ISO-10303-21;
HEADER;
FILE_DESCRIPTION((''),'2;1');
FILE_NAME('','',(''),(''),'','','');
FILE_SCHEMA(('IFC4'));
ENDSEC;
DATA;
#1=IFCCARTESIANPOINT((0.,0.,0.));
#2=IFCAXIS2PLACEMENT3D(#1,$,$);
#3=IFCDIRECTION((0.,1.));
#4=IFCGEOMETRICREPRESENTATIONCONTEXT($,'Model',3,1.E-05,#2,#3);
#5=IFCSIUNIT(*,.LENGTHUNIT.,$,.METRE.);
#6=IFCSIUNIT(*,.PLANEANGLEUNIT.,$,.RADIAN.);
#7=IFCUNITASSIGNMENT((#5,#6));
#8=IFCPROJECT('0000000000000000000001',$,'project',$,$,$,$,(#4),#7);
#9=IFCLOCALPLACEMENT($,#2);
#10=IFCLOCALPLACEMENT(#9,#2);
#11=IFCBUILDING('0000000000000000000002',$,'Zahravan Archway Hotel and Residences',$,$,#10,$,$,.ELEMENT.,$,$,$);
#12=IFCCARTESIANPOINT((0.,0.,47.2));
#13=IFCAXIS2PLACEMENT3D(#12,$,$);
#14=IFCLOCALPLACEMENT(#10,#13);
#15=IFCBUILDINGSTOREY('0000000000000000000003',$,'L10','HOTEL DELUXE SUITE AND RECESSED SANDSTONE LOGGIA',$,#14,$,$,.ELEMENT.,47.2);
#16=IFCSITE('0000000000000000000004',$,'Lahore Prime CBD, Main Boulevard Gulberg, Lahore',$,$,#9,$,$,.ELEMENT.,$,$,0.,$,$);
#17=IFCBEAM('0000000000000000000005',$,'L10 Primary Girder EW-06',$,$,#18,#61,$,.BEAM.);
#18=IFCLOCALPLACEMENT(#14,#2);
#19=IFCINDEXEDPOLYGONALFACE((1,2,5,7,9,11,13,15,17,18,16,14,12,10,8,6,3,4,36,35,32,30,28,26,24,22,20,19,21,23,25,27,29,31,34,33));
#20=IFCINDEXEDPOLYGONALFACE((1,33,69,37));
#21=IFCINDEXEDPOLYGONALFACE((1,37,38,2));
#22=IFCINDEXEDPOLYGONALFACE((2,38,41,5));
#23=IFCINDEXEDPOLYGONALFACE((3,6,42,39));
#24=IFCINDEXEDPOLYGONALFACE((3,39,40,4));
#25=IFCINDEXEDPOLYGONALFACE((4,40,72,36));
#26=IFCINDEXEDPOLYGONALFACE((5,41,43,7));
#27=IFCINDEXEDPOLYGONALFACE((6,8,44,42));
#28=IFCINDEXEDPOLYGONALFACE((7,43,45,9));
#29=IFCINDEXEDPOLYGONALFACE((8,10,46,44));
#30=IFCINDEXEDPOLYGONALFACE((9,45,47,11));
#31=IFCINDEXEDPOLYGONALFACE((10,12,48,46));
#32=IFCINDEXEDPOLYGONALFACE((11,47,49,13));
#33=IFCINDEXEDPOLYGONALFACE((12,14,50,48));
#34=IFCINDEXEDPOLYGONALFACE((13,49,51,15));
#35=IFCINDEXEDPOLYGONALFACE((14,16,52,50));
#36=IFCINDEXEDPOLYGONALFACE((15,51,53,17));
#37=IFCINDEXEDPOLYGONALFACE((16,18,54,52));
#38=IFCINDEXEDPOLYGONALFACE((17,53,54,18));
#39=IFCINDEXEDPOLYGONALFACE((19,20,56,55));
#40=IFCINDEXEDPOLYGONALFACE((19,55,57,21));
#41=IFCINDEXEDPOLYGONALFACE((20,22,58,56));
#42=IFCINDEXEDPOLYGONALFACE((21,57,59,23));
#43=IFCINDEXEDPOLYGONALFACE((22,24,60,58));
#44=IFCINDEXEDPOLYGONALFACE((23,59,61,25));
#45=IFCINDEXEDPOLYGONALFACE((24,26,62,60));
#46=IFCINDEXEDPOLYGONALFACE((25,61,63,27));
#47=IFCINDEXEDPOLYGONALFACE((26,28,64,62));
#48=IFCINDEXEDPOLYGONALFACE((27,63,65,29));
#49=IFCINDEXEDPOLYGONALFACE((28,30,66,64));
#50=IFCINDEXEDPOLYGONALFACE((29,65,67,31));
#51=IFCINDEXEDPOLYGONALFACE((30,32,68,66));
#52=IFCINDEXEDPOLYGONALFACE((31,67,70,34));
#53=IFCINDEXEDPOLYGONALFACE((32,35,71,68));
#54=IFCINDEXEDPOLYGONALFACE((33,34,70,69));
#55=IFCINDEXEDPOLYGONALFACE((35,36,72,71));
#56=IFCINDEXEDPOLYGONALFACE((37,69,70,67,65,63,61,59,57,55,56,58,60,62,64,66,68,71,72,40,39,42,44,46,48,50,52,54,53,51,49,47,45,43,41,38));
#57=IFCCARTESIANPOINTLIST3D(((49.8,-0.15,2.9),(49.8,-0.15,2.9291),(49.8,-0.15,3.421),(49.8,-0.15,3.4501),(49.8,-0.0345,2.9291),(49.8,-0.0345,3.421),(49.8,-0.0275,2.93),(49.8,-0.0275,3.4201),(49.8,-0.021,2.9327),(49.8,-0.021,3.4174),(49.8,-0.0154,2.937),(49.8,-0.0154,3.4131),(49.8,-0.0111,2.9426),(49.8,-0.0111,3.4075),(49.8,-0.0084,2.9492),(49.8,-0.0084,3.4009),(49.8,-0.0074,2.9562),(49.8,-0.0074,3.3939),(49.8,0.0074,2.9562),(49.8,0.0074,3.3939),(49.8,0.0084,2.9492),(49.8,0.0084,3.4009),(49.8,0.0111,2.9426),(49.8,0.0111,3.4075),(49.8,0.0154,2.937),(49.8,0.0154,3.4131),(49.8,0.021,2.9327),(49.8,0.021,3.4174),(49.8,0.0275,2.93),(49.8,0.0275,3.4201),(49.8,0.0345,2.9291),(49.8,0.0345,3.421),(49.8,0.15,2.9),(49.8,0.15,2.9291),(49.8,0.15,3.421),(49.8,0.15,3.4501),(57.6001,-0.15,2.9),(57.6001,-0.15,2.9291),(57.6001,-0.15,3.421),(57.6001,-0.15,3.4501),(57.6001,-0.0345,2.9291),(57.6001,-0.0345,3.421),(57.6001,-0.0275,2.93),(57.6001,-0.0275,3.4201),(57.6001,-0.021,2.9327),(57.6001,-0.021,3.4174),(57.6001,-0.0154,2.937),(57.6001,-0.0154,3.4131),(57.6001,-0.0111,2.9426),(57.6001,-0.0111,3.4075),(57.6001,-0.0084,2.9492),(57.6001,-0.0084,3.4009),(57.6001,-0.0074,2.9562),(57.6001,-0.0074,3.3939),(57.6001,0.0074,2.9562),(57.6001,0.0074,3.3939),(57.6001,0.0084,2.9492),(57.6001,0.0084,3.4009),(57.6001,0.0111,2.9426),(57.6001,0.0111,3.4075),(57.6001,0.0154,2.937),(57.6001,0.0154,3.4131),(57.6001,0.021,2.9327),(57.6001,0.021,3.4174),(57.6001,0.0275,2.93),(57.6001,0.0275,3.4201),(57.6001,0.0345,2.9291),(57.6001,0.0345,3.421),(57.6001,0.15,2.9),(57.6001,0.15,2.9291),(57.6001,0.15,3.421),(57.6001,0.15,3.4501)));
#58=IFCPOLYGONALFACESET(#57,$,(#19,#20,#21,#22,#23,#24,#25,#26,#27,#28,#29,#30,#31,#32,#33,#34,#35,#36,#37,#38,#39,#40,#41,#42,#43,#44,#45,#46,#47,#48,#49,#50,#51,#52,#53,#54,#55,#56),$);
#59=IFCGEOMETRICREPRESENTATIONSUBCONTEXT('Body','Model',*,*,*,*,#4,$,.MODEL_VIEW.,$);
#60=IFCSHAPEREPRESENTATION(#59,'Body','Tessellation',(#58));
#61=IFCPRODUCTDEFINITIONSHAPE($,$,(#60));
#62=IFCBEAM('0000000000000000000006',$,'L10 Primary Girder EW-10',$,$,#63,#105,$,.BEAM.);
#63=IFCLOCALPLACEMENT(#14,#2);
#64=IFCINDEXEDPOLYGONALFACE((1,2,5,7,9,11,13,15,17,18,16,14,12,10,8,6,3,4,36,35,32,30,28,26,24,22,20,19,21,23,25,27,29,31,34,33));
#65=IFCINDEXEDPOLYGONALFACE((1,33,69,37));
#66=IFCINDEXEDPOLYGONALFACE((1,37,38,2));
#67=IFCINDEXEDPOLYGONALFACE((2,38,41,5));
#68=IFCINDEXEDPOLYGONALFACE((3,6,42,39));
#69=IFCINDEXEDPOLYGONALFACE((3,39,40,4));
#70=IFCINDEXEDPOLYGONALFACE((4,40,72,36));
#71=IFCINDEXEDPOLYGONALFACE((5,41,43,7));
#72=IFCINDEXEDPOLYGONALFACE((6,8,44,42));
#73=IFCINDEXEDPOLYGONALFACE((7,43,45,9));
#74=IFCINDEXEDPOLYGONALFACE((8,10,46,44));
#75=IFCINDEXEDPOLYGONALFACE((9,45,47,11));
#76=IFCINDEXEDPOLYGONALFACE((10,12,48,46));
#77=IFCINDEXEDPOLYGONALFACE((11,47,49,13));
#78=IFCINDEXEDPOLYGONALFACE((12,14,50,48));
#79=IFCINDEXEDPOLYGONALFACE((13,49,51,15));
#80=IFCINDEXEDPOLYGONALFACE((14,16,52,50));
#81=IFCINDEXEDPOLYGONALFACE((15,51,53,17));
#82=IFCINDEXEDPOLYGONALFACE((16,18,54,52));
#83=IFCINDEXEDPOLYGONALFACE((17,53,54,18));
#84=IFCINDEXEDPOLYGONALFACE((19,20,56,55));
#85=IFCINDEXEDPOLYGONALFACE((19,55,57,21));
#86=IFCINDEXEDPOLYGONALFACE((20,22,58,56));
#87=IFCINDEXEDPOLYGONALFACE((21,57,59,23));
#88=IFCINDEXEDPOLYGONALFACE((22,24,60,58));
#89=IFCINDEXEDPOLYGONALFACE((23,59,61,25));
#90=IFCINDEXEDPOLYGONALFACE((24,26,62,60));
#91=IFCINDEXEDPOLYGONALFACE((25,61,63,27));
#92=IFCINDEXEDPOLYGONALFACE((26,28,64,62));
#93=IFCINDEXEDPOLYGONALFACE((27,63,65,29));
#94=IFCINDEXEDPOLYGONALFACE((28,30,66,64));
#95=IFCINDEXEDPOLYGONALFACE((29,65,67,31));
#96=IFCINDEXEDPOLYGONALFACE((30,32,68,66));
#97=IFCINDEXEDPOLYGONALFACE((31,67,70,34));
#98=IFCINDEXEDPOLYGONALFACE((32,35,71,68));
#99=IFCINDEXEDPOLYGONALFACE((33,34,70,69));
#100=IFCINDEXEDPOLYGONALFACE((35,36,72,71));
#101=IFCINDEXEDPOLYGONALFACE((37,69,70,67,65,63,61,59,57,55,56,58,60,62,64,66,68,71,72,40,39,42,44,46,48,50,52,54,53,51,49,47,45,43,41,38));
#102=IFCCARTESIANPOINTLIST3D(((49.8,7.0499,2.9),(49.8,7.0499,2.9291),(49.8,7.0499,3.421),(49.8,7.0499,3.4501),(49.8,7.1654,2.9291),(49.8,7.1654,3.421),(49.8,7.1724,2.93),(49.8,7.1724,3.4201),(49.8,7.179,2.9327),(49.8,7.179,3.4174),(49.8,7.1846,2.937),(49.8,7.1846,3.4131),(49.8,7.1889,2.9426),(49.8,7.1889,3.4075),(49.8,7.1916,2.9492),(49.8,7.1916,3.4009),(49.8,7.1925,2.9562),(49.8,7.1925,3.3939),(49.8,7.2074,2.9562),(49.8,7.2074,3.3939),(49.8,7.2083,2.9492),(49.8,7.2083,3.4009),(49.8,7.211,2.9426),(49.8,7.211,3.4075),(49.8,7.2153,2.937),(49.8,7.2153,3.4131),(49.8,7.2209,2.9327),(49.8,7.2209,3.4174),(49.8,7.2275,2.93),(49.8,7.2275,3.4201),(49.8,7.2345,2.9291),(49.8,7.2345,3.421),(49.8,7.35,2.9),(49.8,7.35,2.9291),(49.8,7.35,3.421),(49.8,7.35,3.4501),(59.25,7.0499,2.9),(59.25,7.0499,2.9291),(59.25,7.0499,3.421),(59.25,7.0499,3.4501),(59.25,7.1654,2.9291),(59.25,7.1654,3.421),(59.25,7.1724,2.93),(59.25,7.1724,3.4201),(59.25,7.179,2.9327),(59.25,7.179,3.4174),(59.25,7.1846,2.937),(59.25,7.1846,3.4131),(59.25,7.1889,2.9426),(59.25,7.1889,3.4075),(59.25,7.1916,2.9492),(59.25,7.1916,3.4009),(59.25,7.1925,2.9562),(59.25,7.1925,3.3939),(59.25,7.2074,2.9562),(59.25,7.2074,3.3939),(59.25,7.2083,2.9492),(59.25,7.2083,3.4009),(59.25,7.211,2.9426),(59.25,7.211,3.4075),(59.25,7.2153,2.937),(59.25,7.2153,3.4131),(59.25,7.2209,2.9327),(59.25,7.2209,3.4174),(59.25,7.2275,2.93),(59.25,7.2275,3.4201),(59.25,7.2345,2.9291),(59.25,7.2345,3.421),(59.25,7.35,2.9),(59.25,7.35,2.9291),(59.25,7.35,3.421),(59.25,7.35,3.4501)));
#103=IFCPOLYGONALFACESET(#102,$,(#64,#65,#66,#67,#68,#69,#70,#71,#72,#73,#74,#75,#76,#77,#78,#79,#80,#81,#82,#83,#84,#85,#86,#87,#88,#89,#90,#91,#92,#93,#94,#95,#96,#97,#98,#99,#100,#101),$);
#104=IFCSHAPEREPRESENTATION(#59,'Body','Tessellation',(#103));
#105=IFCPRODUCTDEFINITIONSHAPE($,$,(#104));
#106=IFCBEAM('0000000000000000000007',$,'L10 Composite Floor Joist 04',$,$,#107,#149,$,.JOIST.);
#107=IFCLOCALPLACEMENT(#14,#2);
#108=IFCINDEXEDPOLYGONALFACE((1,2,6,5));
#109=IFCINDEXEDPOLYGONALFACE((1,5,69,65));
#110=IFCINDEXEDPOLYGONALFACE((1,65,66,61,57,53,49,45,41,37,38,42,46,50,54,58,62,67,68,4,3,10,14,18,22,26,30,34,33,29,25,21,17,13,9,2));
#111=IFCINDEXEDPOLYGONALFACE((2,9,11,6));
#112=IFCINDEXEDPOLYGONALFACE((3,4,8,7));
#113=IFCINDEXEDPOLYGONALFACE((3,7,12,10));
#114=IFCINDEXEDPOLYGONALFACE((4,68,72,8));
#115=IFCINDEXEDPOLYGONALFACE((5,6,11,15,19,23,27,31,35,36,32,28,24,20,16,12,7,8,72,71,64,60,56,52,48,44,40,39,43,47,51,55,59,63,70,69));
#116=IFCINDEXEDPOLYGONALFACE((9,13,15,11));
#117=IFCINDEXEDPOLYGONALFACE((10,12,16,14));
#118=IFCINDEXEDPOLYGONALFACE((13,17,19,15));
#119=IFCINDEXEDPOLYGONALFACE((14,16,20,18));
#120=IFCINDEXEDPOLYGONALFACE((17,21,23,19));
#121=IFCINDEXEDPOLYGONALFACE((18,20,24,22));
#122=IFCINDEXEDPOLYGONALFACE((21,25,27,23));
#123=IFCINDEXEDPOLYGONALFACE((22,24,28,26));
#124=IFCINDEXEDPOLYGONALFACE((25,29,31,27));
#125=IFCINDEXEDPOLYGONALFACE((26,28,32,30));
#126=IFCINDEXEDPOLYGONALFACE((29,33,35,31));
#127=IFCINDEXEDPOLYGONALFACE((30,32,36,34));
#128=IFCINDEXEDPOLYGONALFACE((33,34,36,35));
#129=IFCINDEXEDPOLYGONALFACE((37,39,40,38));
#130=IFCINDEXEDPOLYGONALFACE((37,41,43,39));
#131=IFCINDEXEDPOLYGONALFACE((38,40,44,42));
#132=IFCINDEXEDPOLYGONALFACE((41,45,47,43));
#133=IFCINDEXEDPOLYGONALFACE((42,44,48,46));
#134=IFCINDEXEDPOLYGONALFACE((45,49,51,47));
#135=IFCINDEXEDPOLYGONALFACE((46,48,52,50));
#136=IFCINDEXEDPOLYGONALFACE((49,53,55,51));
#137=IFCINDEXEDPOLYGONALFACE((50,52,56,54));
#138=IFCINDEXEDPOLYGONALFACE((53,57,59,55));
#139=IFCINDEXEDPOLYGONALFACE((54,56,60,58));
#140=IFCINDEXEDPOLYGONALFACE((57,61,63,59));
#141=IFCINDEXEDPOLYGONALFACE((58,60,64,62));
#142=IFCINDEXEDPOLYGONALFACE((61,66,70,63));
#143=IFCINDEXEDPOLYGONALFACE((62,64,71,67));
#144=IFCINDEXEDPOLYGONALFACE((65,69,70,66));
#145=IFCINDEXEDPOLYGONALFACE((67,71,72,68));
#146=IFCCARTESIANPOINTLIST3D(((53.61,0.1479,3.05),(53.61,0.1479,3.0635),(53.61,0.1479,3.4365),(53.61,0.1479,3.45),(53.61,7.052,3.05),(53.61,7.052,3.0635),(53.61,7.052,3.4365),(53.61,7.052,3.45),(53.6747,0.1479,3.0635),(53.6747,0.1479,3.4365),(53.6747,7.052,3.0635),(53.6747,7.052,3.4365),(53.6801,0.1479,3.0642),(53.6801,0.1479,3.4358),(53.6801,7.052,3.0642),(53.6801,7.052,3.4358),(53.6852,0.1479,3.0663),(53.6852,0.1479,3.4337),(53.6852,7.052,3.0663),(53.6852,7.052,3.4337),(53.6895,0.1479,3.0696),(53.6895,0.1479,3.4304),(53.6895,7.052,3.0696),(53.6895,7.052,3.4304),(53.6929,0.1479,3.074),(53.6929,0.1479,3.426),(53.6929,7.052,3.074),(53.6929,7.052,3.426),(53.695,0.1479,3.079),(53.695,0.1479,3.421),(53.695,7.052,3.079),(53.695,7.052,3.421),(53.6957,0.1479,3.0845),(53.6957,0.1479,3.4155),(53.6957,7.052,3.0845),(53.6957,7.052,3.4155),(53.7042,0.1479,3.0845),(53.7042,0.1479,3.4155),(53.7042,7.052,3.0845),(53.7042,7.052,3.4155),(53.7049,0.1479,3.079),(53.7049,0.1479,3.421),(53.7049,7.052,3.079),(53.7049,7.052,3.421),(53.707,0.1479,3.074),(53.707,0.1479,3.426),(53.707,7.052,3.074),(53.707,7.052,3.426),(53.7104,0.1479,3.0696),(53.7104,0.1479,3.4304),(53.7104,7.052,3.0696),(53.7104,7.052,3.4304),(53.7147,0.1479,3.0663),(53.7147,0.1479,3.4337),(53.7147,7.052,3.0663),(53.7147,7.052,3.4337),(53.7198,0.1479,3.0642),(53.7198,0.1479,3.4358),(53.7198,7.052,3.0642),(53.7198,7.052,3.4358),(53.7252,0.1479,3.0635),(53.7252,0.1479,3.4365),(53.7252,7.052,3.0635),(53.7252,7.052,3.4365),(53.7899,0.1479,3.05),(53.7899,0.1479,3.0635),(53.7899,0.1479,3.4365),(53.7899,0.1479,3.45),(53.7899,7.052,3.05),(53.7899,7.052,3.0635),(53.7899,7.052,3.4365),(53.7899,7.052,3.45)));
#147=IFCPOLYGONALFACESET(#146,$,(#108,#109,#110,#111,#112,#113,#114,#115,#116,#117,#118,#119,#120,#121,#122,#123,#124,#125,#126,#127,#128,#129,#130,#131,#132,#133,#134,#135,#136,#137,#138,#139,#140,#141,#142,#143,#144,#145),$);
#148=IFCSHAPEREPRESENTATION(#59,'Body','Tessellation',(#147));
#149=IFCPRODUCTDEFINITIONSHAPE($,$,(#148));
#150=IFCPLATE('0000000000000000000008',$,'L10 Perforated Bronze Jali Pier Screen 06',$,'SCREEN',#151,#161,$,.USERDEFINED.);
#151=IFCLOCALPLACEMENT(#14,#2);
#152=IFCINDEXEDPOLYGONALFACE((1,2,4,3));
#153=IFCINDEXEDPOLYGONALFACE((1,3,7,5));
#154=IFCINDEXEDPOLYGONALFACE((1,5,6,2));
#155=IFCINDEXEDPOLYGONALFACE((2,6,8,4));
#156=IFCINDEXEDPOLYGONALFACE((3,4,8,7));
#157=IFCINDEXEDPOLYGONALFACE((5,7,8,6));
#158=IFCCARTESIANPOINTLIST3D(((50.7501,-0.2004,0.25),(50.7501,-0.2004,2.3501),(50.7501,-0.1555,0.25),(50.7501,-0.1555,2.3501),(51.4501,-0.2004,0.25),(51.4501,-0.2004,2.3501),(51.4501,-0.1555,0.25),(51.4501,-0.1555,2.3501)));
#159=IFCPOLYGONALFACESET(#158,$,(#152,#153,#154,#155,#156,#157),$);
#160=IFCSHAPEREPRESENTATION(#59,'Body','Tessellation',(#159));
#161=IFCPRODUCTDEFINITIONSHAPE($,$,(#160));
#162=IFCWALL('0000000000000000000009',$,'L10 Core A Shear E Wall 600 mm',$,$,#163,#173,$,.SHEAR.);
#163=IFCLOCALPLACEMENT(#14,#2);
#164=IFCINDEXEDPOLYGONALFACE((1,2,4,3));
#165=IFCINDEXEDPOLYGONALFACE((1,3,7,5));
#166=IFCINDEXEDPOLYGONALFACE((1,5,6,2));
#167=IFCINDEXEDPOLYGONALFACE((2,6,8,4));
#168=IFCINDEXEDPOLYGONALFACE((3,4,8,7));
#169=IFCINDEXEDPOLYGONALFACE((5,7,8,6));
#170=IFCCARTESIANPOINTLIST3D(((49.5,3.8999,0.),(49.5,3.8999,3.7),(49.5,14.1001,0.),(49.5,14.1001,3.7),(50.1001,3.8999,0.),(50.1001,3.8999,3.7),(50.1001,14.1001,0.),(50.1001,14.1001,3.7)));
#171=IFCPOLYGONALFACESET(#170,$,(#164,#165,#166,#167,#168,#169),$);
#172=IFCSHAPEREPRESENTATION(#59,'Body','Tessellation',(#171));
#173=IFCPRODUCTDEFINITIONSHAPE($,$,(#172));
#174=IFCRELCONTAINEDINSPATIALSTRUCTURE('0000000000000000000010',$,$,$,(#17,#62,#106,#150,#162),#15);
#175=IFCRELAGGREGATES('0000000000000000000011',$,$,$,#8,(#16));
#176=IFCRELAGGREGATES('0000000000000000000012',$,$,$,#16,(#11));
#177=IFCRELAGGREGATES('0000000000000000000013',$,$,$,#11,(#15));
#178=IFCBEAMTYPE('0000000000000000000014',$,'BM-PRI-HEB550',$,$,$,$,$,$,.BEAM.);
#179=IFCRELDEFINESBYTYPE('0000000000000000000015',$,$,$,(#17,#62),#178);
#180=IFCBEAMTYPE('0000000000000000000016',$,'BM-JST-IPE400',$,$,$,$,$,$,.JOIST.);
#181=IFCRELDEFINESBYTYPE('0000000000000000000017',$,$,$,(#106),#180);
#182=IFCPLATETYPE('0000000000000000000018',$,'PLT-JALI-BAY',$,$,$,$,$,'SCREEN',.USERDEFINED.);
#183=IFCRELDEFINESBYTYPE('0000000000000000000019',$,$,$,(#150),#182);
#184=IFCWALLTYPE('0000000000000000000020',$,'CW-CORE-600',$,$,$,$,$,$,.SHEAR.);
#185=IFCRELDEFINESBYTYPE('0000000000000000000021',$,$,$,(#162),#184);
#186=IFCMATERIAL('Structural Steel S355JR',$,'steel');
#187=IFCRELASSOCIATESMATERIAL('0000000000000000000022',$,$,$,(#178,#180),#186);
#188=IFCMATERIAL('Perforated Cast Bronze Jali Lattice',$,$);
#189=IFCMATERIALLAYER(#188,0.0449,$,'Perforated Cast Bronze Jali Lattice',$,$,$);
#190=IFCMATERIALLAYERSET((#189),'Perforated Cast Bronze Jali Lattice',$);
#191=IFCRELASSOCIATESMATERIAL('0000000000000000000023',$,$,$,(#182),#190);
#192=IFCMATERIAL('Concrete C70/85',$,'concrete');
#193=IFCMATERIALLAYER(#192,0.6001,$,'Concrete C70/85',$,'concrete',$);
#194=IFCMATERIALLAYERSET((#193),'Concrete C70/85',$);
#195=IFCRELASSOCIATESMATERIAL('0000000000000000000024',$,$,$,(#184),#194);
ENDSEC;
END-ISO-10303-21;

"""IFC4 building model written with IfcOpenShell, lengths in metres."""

from ifc_helpers import new_model, si_unit, direction, frame, frame_2d, origin, origin_2d, place, context, subcontext, project, spatial, rectangle, i_section, extrude, source, transform, mapped, material, layer, layer_set, material_profile, profile_set, type_object, type_shapes, element, save


model = new_model("IFC4")

# Units and contexts
model_context = context("Model", 3, precision=1e-05, world=origin(), true_north=direction((0.0, 1.0)))
body_context = subcontext(model_context, "Body", "Model", "MODEL_VIEW")
ifc_project = project(units=[si_unit("LENGTHUNIT", "METRE"), si_unit("PLANEANGLEUNIT", "RADIAN")], contexts=[model_context])

# Site, building, storey
site_placement = place(None, origin())
site = spatial("IfcSite", under=ifc_project, at=site_placement, Name="Lahore Prime CBD, Main Boulevard Gulberg, Lahore", CompositionType="ELEMENT", RefElevation=0.0)
building_placement = place(site_placement, origin())
building = spatial("IfcBuilding", under=site, at=building_placement, Name="Zahravan Archway Hotel and Residences", CompositionType="ELEMENT")
storey_placement = place(building_placement, frame((0.0, 0.0, 47.2)))
storey = spatial("IfcBuildingStorey", under=building, at=storey_placement, Name="L10", Description="HOTEL DELUXE SUITE AND RECESSED SANDSTONE LOGGIA", CompositionType="ELEMENT", Elevation=47.2)

# Shared definitions
ifc_material_1 = material(Name="Concrete C70/85", Category="concrete")

# Beams
ifc_material_2 = material(Name="Structural Steel S355JR", Category="steel")
ifc_material_profile_1 = material_profile(ifc_material_2, i_section(OverallWidth=0.3, OverallDepth=0.55, WebThickness=0.0149, FlangeThickness=0.0291, FilletRadius=0.0271, at=origin_2d()), Name="HEB 550", Category="steel")
ifc_profile_set_1 = profile_set([ifc_material_profile_1], Name="Structural Steel S355JR")
beam_type_1 = type_object("IfcBeamType", Name="BM-PRI-HEB550", PredefinedType="BEAM", material=ifc_profile_set_1)
shared_shape_1 = source(origin(), body_context, "Body", "SweptSolid", [
    extrude(i_section(OverallWidth=0.3, OverallDepth=0.55, WebThickness=0.0149, FlangeThickness=0.0291, FilletRadius=0.0271, at=origin_2d()), origin(), (0.0, 0.0, 1.0), 7.8),
])
beam_1_placement = place(storey_placement, frame((49.8, 0.0, 3.175), z_axis=(1.0, 0.0, 0.0), x_axis=(0.0, 1.0, 0.0)))
element("IfcBeam", 1, at=beam_1_placement, inside=storey, type_object=beam_type_1, Name="L10 Primary Girder EW-06", PredefinedType="BEAM", context=body_context, shape_type="MappedRepresentation", body=[
    mapped(shared_shape_1, transform((0.0, 0.0, 0.0), scale=1.0)),
])
shared_shape_2 = source(origin(), body_context, "Body", "SweptSolid", [
    extrude(i_section(OverallWidth=0.3, OverallDepth=0.55, WebThickness=0.0149, FlangeThickness=0.0291, FilletRadius=0.0271, at=origin_2d()), origin(), (0.0, 0.0, 1.0), 9.45),
])
beam_2_placement = place(storey_placement, frame((49.8, 7.2, 3.175), z_axis=(1.0, 0.0, 0.0), x_axis=(0.0, 1.0, 0.0)))
element("IfcBeam", 2, at=beam_2_placement, inside=storey, type_object=beam_type_1, Name="L10 Primary Girder EW-10", PredefinedType="BEAM", context=body_context, shape_type="MappedRepresentation", body=[
    mapped(shared_shape_2, transform((0.0, 0.0, 0.0), scale=1.0)),
])
ifc_material_profile_2 = material_profile(ifc_material_2, i_section(OverallWidth=0.1799, OverallDepth=0.3999, WebThickness=0.0085, FlangeThickness=0.0134, FilletRadius=0.021, at=origin_2d()), Name="IPE 400", Category="steel")
ifc_profile_set_2 = profile_set([ifc_material_profile_2], Name="Structural Steel S355JR")
beam_type_2 = type_object("IfcBeamType", Name="BM-JST-IPE400", PredefinedType="JOIST", material=ifc_profile_set_2)
shared_shape_3 = source(origin(), body_context, "Body", "SweptSolid", [
    extrude(i_section(OverallWidth=0.1799, OverallDepth=0.3999, WebThickness=0.0085, FlangeThickness=0.0134, FilletRadius=0.021, at=origin_2d()), origin(), (0.0, 0.0, 1.0), 6.9041),
])
type_shapes(beam_type_2, [shared_shape_3])
beam_3_placement = place(storey_placement, frame((53.7, 0.1479, 3.25), z_axis=(0.0, 1.0, 0.0), x_axis=(-1.0, 0.0, 0.0)))
element("IfcBeam", 3, at=beam_3_placement, inside=storey, type_object=beam_type_2, Name="L10 Composite Floor Joist 04", PredefinedType="JOIST", context=body_context, shape_type="MappedRepresentation", body=[
    mapped(shared_shape_3, transform((0.0, 0.0, 0.0), scale=1.0)),
])

# Plate
ifc_material_3 = material(Name="Perforated Cast Bronze Jali Lattice")
ifc_layer_1 = layer(ifc_material_3, 0.0449, Name="Perforated Cast Bronze Jali Lattice")
ifc_layer_set_1 = layer_set([ifc_layer_1], Name="Perforated Cast Bronze Jali Lattice")
plate_type = type_object("IfcPlateType", Name="PLT-JALI-BAY", ElementType="SCREEN", PredefinedType="USERDEFINED", material=ifc_layer_set_1)
shared_shape_4 = source(origin(), body_context, "Body", "SweptSolid", [
    extrude(rectangle(XDim=0.7, YDim=0.0449, at=origin_2d()), origin(), (0.0, 0.0, 1.0), 2.1001),
])
type_shapes(plate_type, [shared_shape_4])
plate_placement = place(storey_placement, frame((51.1001, -0.178, 0.25), z_axis=(0.0, 0.0, 1.0), x_axis=(1.0, 0.0, 0.0)))
element("IfcPlate", 4, at=plate_placement, inside=storey, type_object=plate_type, Name="L10 Perforated Bronze Jali Pier Screen 06", ObjectType="SCREEN", PredefinedType="USERDEFINED", context=body_context, shape_type="MappedRepresentation", body=[
    mapped(shared_shape_4, transform((0.0, 0.0, 0.0), scale=1.0)),
])

# Wall
ifc_layer_2 = layer(ifc_material_1, 0.6001, Name="Concrete C70/85", Category="concrete")
ifc_layer_set_2 = layer_set([ifc_layer_2], Name="Concrete C70/85")
wall_type_1 = type_object("IfcWallType", Name="CW-CORE-600", PredefinedType="SHEAR", material=ifc_layer_set_2)
wall_1_placement = place(storey_placement, frame((49.8, 3.8999, 0.0), z_axis=(0.0, 0.0, 1.0), x_axis=(0.0, 1.0, 0.0)))
element("IfcWall", 5, at=wall_1_placement, inside=storey, type_object=wall_type_1, Name="L10 Core A Shear E Wall 600 mm", PredefinedType="SHEAR", context=body_context, shape_type="SweptSolid", body=[
    extrude(rectangle(XDim=10.2002, YDim=0.6001, at=frame_2d((5.1001, 0.0))), origin(), (0.0, 0.0, 1.0), 3.7),
])

save(model, "model.ifc")
